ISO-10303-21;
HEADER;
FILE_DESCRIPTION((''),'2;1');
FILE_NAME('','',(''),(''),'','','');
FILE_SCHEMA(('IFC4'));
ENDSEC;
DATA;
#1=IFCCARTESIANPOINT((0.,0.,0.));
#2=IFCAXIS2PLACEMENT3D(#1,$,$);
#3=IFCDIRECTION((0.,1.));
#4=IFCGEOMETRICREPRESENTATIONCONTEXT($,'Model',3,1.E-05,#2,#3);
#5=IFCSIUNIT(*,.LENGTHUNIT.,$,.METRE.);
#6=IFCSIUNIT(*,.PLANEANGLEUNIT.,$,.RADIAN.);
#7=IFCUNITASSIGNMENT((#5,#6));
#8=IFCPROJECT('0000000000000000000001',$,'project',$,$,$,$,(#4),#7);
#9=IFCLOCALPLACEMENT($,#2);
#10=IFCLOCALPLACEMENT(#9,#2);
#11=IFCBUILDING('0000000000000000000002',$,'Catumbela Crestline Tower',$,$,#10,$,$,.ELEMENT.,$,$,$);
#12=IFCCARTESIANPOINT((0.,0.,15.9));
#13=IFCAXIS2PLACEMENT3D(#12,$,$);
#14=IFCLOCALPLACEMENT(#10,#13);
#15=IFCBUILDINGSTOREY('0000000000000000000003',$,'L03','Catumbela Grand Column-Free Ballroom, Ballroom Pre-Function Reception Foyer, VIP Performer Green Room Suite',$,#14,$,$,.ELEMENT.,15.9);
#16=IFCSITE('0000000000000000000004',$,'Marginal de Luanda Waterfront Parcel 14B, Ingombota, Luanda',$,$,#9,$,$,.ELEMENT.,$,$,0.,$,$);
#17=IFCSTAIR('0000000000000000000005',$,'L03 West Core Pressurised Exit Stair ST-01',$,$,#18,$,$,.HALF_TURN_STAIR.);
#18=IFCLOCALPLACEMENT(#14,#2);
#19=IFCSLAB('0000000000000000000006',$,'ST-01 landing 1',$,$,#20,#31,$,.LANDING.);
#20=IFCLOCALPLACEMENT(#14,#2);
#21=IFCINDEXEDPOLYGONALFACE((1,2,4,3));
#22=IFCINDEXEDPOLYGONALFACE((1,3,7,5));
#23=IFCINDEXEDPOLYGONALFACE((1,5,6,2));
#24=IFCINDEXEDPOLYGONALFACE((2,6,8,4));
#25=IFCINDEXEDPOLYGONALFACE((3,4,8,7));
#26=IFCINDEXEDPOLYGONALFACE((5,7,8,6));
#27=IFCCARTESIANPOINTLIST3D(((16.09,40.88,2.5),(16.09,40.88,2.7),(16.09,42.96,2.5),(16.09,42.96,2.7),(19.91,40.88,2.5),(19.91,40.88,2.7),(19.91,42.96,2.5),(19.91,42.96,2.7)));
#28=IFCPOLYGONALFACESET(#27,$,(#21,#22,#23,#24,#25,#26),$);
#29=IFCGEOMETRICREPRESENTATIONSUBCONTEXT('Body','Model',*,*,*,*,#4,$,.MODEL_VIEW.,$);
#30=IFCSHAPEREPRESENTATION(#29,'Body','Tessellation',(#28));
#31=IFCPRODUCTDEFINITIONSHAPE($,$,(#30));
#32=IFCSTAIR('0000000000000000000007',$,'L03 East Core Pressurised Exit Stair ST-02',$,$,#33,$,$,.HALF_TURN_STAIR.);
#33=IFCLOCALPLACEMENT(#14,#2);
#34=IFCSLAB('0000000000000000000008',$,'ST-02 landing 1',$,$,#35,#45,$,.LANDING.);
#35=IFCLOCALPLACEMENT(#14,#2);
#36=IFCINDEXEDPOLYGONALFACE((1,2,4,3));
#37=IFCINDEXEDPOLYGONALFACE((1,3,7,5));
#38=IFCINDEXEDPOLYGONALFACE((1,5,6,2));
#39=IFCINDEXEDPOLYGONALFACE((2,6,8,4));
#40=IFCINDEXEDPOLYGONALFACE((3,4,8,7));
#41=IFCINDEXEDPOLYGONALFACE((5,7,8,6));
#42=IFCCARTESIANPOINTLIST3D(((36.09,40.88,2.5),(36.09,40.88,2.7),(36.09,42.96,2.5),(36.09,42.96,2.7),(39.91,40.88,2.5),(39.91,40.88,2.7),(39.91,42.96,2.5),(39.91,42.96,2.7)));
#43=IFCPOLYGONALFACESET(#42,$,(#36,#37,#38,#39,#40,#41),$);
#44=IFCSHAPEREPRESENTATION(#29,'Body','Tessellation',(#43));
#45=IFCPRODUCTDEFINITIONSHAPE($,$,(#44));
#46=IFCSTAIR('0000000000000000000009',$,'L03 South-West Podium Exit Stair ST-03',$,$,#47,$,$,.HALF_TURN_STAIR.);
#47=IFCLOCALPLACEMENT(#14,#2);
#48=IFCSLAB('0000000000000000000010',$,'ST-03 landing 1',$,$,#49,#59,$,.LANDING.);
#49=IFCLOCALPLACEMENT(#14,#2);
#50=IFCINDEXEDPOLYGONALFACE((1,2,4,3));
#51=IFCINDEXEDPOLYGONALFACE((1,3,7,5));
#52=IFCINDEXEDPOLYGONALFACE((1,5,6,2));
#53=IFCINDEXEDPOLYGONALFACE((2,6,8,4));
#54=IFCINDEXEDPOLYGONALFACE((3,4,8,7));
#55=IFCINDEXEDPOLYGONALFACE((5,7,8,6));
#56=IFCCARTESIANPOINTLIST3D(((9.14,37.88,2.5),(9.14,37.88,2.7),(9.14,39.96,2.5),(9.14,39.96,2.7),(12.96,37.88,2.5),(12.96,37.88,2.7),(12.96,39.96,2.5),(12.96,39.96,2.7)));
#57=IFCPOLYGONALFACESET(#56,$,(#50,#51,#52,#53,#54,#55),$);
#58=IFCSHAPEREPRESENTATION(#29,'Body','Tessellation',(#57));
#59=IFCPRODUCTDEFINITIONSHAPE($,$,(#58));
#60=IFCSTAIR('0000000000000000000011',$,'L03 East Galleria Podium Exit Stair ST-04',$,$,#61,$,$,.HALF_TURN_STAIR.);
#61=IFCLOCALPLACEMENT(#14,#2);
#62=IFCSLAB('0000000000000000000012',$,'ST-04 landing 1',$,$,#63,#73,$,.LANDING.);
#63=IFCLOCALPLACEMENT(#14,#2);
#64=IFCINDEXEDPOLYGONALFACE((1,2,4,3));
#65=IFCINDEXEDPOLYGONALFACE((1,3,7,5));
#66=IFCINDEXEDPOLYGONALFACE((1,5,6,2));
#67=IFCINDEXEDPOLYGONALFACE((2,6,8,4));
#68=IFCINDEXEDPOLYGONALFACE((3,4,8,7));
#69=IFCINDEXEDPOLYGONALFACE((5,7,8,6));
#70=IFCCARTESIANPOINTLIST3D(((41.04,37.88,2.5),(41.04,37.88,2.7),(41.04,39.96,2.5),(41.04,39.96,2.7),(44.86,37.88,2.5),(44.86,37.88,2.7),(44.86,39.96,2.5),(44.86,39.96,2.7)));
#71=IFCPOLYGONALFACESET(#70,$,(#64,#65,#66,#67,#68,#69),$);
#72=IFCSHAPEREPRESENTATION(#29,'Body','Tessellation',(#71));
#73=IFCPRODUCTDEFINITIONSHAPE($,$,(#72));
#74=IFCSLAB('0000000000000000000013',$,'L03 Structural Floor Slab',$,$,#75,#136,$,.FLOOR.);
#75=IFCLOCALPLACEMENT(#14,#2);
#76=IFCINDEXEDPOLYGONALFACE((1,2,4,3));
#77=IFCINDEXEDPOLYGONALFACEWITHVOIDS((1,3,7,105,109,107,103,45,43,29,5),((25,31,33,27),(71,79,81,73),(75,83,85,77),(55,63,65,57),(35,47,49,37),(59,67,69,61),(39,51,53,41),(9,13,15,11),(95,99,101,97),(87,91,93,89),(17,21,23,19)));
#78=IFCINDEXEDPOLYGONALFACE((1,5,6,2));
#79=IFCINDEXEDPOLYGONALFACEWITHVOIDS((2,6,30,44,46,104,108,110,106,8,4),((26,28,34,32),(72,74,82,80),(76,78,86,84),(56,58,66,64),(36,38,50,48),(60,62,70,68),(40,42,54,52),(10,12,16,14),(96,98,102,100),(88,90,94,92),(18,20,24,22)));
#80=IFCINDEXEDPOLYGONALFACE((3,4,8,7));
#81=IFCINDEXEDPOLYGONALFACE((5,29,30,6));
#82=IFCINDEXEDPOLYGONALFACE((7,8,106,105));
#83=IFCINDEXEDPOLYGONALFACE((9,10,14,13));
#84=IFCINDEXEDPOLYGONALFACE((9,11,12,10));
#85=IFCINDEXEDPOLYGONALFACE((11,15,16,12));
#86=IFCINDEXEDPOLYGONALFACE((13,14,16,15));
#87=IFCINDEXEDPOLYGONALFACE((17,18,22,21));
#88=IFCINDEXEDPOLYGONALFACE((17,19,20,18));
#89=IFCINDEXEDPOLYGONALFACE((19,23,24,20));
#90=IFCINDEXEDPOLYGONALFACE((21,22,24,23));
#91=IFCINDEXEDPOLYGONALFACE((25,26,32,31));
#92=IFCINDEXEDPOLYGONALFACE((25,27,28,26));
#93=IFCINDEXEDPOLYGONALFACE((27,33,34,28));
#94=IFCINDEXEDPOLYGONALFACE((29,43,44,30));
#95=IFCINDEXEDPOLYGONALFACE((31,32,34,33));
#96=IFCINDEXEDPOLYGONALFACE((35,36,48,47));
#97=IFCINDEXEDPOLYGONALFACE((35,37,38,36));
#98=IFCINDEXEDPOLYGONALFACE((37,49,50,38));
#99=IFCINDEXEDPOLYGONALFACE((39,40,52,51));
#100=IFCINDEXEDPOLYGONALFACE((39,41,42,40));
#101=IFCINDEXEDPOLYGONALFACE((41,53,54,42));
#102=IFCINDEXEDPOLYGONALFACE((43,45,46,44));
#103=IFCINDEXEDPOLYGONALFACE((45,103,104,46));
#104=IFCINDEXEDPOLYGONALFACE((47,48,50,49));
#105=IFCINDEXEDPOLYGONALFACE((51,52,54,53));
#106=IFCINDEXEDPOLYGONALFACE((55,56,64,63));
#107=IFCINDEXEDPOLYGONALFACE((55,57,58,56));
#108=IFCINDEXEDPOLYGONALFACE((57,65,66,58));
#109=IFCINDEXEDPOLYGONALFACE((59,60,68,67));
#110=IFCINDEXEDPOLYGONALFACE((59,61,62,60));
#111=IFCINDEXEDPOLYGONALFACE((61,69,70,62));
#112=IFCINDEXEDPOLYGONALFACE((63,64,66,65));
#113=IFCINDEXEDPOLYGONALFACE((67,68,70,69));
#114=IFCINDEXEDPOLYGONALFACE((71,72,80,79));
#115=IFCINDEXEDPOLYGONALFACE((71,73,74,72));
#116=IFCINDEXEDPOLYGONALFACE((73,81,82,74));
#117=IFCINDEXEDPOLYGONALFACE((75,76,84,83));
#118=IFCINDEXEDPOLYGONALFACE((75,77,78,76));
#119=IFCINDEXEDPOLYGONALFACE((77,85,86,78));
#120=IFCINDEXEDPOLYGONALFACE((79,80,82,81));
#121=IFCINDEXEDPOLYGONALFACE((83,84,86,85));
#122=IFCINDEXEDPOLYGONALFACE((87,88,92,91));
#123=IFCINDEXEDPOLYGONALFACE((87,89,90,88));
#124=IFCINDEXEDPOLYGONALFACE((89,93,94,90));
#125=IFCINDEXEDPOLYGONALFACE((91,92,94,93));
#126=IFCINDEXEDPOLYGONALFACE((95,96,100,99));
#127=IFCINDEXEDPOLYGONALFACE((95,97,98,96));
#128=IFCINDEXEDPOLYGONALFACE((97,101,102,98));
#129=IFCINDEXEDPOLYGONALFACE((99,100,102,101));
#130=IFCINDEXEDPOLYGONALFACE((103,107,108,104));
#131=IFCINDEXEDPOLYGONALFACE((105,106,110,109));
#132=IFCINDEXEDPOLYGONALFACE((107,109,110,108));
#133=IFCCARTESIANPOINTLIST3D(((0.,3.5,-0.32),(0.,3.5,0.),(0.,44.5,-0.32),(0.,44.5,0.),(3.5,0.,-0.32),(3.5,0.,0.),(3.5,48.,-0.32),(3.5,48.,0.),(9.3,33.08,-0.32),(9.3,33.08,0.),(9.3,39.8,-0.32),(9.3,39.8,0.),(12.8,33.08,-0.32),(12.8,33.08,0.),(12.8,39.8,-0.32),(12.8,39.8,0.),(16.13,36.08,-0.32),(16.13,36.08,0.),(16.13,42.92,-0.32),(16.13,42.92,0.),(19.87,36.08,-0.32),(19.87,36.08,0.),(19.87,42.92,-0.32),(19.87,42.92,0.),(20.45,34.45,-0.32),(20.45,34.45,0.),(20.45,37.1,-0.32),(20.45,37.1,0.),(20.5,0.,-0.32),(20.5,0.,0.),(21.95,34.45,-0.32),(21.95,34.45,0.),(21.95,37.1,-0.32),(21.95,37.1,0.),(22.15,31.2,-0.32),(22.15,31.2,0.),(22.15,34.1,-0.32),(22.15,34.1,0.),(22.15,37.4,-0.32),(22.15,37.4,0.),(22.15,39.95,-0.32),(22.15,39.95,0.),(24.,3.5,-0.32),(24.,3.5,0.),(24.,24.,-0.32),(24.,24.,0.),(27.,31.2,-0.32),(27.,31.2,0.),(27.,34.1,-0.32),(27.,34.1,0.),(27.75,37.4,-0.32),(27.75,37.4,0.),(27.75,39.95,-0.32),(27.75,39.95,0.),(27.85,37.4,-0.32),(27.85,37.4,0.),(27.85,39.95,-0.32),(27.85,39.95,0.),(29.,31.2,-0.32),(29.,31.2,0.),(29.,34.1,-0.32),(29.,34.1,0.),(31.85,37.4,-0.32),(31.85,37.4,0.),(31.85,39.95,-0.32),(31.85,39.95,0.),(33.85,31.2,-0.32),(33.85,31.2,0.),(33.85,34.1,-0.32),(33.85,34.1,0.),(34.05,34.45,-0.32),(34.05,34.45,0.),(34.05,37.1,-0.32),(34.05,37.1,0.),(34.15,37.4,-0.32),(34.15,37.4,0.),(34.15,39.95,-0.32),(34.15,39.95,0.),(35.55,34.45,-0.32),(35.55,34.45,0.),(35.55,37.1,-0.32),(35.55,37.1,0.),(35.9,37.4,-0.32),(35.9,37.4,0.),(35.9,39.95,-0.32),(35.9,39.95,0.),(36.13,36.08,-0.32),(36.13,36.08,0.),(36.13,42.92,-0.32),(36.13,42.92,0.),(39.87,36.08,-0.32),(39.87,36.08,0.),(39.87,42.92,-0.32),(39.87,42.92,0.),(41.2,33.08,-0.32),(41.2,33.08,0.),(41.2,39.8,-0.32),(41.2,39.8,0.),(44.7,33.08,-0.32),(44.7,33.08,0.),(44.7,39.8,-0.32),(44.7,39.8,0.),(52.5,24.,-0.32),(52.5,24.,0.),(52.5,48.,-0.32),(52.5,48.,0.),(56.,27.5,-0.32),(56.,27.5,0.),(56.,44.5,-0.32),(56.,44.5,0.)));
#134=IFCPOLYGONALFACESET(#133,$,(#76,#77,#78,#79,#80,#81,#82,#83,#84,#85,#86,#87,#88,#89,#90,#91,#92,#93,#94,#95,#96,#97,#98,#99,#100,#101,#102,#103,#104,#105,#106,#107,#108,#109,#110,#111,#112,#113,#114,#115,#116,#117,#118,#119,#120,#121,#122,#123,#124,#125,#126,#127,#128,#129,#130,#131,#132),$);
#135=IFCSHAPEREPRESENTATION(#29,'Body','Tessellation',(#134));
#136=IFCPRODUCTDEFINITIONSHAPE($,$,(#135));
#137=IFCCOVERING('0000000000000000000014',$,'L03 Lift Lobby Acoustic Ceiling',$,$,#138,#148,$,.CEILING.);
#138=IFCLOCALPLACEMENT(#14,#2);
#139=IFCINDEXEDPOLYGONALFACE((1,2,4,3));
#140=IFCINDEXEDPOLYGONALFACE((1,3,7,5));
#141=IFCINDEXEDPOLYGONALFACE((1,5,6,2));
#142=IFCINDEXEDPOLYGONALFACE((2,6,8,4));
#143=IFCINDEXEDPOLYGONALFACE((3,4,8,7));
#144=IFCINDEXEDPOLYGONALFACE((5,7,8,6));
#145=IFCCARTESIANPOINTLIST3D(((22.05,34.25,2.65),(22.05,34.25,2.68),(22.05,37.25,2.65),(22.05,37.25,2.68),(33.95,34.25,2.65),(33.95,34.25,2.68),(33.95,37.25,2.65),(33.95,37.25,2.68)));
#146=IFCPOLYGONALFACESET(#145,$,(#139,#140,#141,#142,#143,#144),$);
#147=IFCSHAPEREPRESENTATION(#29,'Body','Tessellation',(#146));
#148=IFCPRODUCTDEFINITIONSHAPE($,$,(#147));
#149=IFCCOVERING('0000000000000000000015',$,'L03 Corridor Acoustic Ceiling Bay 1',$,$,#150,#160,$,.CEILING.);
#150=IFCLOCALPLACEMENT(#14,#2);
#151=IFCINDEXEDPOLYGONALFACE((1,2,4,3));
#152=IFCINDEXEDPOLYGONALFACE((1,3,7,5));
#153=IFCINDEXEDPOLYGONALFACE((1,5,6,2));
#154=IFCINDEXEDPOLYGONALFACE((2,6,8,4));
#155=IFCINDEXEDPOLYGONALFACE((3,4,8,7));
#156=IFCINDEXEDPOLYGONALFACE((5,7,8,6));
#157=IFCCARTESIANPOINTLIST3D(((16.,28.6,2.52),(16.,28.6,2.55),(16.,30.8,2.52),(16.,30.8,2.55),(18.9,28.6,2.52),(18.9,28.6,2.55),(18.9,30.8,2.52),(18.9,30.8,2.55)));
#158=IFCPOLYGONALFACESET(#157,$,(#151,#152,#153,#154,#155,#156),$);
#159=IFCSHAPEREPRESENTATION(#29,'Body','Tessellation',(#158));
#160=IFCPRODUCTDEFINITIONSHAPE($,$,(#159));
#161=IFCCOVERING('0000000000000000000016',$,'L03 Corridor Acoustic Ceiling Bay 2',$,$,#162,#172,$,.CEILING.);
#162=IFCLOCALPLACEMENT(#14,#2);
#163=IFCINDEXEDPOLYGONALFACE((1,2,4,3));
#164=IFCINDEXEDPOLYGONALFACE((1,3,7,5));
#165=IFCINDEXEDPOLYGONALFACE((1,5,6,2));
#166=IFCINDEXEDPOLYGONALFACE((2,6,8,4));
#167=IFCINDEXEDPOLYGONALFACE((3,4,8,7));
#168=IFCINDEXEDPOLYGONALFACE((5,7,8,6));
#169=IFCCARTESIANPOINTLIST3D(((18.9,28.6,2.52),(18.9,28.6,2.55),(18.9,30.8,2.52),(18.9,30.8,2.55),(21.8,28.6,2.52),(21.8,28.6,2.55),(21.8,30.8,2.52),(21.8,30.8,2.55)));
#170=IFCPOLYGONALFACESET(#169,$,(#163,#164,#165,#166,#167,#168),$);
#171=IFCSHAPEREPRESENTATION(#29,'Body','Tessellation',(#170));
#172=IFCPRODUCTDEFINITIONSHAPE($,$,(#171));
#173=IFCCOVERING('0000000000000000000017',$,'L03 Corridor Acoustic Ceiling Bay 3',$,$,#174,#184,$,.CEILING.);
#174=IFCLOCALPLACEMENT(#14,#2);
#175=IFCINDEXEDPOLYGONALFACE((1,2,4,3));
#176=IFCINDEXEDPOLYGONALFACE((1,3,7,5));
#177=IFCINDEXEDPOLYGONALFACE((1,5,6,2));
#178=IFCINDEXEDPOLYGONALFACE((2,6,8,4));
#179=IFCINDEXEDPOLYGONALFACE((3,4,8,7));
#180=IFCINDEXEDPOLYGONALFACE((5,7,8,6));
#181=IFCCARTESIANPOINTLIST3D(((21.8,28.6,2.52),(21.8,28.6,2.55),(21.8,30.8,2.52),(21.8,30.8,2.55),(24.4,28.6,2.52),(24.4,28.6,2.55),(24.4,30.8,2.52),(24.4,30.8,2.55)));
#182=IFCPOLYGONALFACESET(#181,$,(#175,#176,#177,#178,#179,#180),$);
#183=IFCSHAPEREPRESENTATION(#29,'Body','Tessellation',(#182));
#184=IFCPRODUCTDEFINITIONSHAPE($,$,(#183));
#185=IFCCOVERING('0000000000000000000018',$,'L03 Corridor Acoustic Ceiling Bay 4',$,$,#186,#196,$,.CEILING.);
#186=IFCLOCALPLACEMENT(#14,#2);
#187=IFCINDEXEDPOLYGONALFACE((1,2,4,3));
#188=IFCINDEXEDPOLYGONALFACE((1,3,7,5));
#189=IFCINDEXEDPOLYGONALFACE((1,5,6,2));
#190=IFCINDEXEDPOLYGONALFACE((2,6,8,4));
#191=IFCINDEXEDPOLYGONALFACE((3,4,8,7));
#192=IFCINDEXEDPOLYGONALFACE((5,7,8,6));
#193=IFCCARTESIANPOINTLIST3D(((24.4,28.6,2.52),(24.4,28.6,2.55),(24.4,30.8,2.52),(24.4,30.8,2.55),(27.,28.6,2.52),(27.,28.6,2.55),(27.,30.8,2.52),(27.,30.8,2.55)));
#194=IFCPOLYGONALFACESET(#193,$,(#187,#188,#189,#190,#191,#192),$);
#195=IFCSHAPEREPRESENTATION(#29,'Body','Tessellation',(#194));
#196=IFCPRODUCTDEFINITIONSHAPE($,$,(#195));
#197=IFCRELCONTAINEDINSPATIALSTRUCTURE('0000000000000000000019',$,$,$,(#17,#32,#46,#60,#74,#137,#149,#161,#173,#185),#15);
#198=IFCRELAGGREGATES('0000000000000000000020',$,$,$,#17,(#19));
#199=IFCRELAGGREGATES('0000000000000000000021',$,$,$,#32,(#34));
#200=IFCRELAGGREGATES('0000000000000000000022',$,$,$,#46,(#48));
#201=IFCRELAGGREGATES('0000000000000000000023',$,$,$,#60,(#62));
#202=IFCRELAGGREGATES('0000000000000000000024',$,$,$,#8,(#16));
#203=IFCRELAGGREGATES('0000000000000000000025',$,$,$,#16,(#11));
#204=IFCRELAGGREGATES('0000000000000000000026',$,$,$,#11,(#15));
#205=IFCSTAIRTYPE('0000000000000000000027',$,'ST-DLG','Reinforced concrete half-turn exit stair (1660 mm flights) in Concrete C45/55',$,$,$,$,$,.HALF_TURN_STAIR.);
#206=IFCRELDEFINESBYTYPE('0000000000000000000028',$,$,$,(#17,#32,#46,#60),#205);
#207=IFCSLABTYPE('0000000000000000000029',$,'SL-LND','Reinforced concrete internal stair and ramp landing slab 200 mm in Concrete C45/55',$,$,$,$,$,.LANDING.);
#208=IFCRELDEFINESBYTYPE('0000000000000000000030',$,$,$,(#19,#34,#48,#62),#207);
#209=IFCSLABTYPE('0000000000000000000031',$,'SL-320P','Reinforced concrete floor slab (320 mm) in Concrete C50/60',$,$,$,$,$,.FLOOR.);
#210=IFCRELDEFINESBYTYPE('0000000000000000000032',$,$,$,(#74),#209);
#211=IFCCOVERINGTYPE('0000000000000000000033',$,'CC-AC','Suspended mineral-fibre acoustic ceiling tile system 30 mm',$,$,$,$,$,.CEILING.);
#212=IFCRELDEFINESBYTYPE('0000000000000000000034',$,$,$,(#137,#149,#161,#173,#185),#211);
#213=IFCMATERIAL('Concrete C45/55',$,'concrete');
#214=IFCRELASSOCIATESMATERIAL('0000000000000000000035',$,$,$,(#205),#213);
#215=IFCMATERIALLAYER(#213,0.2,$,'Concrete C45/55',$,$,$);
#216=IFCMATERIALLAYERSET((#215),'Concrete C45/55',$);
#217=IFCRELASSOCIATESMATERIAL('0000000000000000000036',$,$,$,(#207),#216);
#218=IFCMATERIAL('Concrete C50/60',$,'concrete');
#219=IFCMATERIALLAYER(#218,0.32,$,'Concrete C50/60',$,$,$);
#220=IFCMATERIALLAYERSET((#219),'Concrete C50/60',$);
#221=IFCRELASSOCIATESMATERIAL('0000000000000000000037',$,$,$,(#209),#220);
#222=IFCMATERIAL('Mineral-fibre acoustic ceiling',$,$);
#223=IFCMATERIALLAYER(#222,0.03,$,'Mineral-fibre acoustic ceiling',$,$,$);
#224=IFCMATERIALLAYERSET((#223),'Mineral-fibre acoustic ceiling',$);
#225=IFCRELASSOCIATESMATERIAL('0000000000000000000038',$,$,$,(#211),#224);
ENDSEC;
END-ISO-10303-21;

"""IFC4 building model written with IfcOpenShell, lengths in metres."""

from ifc_helpers import new_model, si_unit, direction, frame, origin, place, context, subcontext, project, spatial, polyline, outline, extrude, material, layer, layer_set, type_object, element, aggregate, save


model = new_model("IFC4")

# Units and contexts
model_context = context("Model", 3, precision=1e-05, world=origin(), true_north=direction((0.0, 1.0)))
body_context = subcontext(model_context, "Body", "Model", "MODEL_VIEW")
ifc_project = project(units=[si_unit("LENGTHUNIT", "METRE"), si_unit("PLANEANGLEUNIT", "RADIAN")], contexts=[model_context])

# Site, building, storey
site_placement = place(None, origin())
site = spatial("IfcSite", under=ifc_project, at=site_placement, Name="Marginal de Luanda Waterfront Parcel 14B, Ingombota, Luanda", CompositionType="ELEMENT", RefElevation=0.0)
building_placement = place(site_placement, origin())
building = spatial("IfcBuilding", under=site, at=building_placement, Name="Catumbela Crestline Tower", CompositionType="ELEMENT")
storey_placement = place(building_placement, frame((0.0, 0.0, 15.9)))
storey = spatial("IfcBuildingStorey", under=building, at=storey_placement, Name="L03", Description="Catumbela Grand Column-Free Ballroom, Ballroom Pre-Function Reception Foyer, VIP Performer Green Room Suite", CompositionType="ELEMENT", Elevation=15.9)

# Stairs, slabs
ifc_material_1 = material(Name="Concrete C45/55", Category="concrete")
stair_type = type_object("IfcStairType", Name="ST-DLG", Description="Reinforced concrete half-turn exit stair (1660 mm flights) in Concrete C45/55", PredefinedType="HALF_TURN_STAIR", material=ifc_material_1)
stair_1_placement = place(storey_placement, origin())
stair_1 = element("IfcStair", 1, at=stair_1_placement, inside=storey, type_object=stair_type, Name="L03 West Core Pressurised Exit Stair ST-01", PredefinedType="HALF_TURN_STAIR")
ifc_layer_1 = layer(ifc_material_1, 0.2, Name="Concrete C45/55")
ifc_layer_set_1 = layer_set([ifc_layer_1], Name="Concrete C45/55")
slab_type_1 = type_object("IfcSlabType", Name="SL-LND", Description="Reinforced concrete internal stair and ramp landing slab 200 mm in Concrete C45/55", PredefinedType="LANDING", material=ifc_layer_set_1)
slab_1_placement = place(storey_placement, frame((0.0, 0.0, 2.5)))
slab_1 = element("IfcSlab", 2, at=slab_1_placement, type_object=slab_type_1, Name="ST-01 landing 1", PredefinedType="LANDING", context=body_context, shape_type="SweptSolid", body=[
    extrude(outline(polyline([(19.91, 40.88), (19.91, 42.96), (16.09, 42.96), (16.09, 40.88), (19.91, 40.88)])), origin(), (0.0, 0.0, 1.0), 0.2),
])
aggregate(stair_1, [slab_1])
stair_2_placement = place(storey_placement, origin())
stair_2 = element("IfcStair", 3, at=stair_2_placement, inside=storey, type_object=stair_type, Name="L03 East Core Pressurised Exit Stair ST-02", PredefinedType="HALF_TURN_STAIR")
slab_2_placement = place(storey_placement, frame((0.0, 0.0, 2.5)))
slab_2 = element("IfcSlab", 4, at=slab_2_placement, type_object=slab_type_1, Name="ST-02 landing 1", PredefinedType="LANDING", context=body_context, shape_type="SweptSolid", body=[
    extrude(outline(polyline([(39.91, 40.88), (39.91, 42.96), (36.09, 42.96), (36.09, 40.88), (39.91, 40.88)])), origin(), (0.0, 0.0, 1.0), 0.2),
])
aggregate(stair_2, [slab_2])
stair_3_placement = place(storey_placement, origin())
stair_3 = element("IfcStair", 5, at=stair_3_placement, inside=storey, type_object=stair_type, Name="L03 South-West Podium Exit Stair ST-03", PredefinedType="HALF_TURN_STAIR")
slab_3_placement = place(storey_placement, frame((0.0, 0.0, 2.5)))
slab_3 = element("IfcSlab", 6, at=slab_3_placement, type_object=slab_type_1, Name="ST-03 landing 1", PredefinedType="LANDING", context=body_context, shape_type="SweptSolid", body=[
    extrude(outline(polyline([(12.96, 37.88), (12.96, 39.96), (9.14, 39.96), (9.14, 37.88), (12.96, 37.88)])), origin(), (0.0, 0.0, 1.0), 0.2),
])
aggregate(stair_3, [slab_3])
stair_4_placement = place(storey_placement, origin())
stair_4 = element("IfcStair", 7, at=stair_4_placement, inside=storey, type_object=stair_type, Name="L03 East Galleria Podium Exit Stair ST-04", PredefinedType="HALF_TURN_STAIR")
slab_4_placement = place(storey_placement, frame((0.0, 0.0, 2.5)))
slab_4 = element("IfcSlab", 8, at=slab_4_placement, type_object=slab_type_1, Name="ST-04 landing 1", PredefinedType="LANDING", context=body_context, shape_type="SweptSolid", body=[
    extrude(outline(polyline([(44.86, 37.88), (44.86, 39.96), (41.04, 39.96), (41.04, 37.88), (44.86, 37.88)])), origin(), (0.0, 0.0, 1.0), 0.2),
])
aggregate(stair_4, [slab_4])

# Slab
ifc_material_2 = material(Name="Concrete C50/60", Category="concrete")
ifc_layer_2 = layer(ifc_material_2, 0.32, Name="Concrete C50/60")
ifc_layer_set_2 = layer_set([ifc_layer_2], Name="Concrete C50/60")
slab_type_2 = type_object("IfcSlabType", Name="SL-320P", Description="Reinforced concrete floor slab (320 mm) in Concrete C50/60", PredefinedType="FLOOR", material=ifc_layer_set_2)
slab_5_placement = place(storey_placement, frame((0.0, 0.0, -0.32)))
element("IfcSlab", 9, at=slab_5_placement, inside=storey, type_object=slab_type_2, Name="L03 Structural Floor Slab", PredefinedType="FLOOR", context=body_context, shape_type="SweptSolid", body=[
    extrude(outline(polyline([(3.5, 0.0), (20.5, 0.0), (24.0, 3.5), (24.0, 24.0), (52.5, 24.0), (56.0, 27.5), (56.0, 44.5), (52.5, 48.0), (3.5, 48.0), (0.0, 44.5), (0.0, 3.5), (3.5, 0.0)]), holes=[polyline([(16.13, 36.08), (19.87, 36.08), (19.87, 42.92), (16.13, 42.92), (16.13, 36.08)]), polyline([(36.13, 36.08), (39.87, 36.08), (39.87, 42.92), (36.13, 42.92), (36.13, 36.08)]), polyline([(12.8, 33.08), (12.8, 39.8), (9.3, 39.8), (9.3, 33.08), (12.8, 33.08)]), polyline([(44.7, 33.08), (44.7, 39.8), (41.2, 39.8), (41.2, 33.08), (44.7, 33.08)]), polyline([(22.15, 31.2), (27.0, 31.2), (27.0, 34.1), (22.15, 34.1), (22.15, 31.2)]), polyline([(29.0, 31.2), (33.85, 31.2), (33.85, 34.1), (29.0, 34.1), (29.0, 31.2)]), polyline([(22.15, 37.4), (27.75, 37.4), (27.75, 39.95), (22.15, 39.95), (22.15, 37.4)]), polyline([(27.85, 37.4), (31.85, 37.4), (31.85, 39.95), (27.85, 39.95), (27.85, 37.4)]), polyline([(20.45, 34.45), (21.95, 34.45), (21.95, 37.1), (20.45, 37.1), (20.45, 34.45)]), polyline([(34.05, 34.45), (35.55, 34.45), (35.55, 37.1), (34.05, 37.1), (34.05, 34.45)]), polyline([(34.15, 37.4), (35.9, 37.4), (35.9, 39.95), (34.15, 39.95), (34.15, 37.4)])]), origin(), (0.0, 0.0, 1.0), 0.32),
])

# Coverings
ifc_material_3 = material(Name="Mineral-fibre acoustic ceiling")
ifc_layer_3 = layer(ifc_material_3, 0.03, Name="Mineral-fibre acoustic ceiling")
ifc_layer_set_3 = layer_set([ifc_layer_3], Name="Mineral-fibre acoustic ceiling")
covering_type_1 = type_object("IfcCoveringType", Name="CC-AC", Description="Suspended mineral-fibre acoustic ceiling tile system 30 mm", PredefinedType="CEILING", material=ifc_layer_set_3)
covering_1_placement = place(storey_placement, frame((0.0, 0.0, 2.65)))
element("IfcCovering", 10, at=covering_1_placement, inside=storey, type_object=covering_type_1, Name="L03 Lift Lobby Acoustic Ceiling", PredefinedType="CEILING", context=body_context, shape_type="SweptSolid", body=[
    extrude(outline(polyline([(22.05, 34.25), (33.95, 34.25), (33.95, 37.25), (22.05, 37.25), (22.05, 34.25)])), origin(), (0.0, 0.0, 1.0), 0.03),
])
covering_2_placement = place(storey_placement, frame((0.0, 0.0, 2.52)))
element("IfcCovering", 11, at=covering_2_placement, inside=storey, type_object=covering_type_1, Name="L03 Corridor Acoustic Ceiling Bay 1", PredefinedType="CEILING", context=body_context, shape_type="SweptSolid", body=[
    extrude(outline(polyline([(16.0, 28.6), (18.9, 28.6), (18.9, 30.8), (16.0, 30.8), (16.0, 28.6)])), origin(), (0.0, 0.0, 1.0), 0.03),
])
covering_3_placement = place(storey_placement, frame((0.0, 0.0, 2.52)))
element("IfcCovering", 12, at=covering_3_placement, inside=storey, type_object=covering_type_1, Name="L03 Corridor Acoustic Ceiling Bay 2", PredefinedType="CEILING", context=body_context, shape_type="SweptSolid", body=[
    extrude(outline(polyline([(18.9, 28.6), (21.8, 28.6), (21.8, 30.8), (18.9, 30.8), (18.9, 28.6)])), origin(), (0.0, 0.0, 1.0), 0.03),
])
covering_4_placement = place(storey_placement, frame((0.0, 0.0, 2.52)))
element("IfcCovering", 13, at=covering_4_placement, inside=storey, type_object=covering_type_1, Name="L03 Corridor Acoustic Ceiling Bay 3", PredefinedType="CEILING", context=body_context, shape_type="SweptSolid", body=[
    extrude(outline(polyline([(21.8, 28.6), (24.4, 28.6), (24.4, 30.8), (21.8, 30.8), (21.8, 28.6)])), origin(), (0.0, 0.0, 1.0), 0.03),
])
covering_5_placement = place(storey_placement, frame((0.0, 0.0, 2.52)))
element("IfcCovering", 14, at=covering_5_placement, inside=storey, type_object=covering_type_1, Name="L03 Corridor Acoustic Ceiling Bay 4", PredefinedType="CEILING", context=body_context, shape_type="SweptSolid", body=[
    extrude(outline(polyline([(24.4, 28.6), (27.0, 28.6), (27.0, 30.8), (24.4, 30.8), (24.4, 28.6)])), origin(), (0.0, 0.0, 1.0), 0.03),
])

save(model, "model.ifc")
